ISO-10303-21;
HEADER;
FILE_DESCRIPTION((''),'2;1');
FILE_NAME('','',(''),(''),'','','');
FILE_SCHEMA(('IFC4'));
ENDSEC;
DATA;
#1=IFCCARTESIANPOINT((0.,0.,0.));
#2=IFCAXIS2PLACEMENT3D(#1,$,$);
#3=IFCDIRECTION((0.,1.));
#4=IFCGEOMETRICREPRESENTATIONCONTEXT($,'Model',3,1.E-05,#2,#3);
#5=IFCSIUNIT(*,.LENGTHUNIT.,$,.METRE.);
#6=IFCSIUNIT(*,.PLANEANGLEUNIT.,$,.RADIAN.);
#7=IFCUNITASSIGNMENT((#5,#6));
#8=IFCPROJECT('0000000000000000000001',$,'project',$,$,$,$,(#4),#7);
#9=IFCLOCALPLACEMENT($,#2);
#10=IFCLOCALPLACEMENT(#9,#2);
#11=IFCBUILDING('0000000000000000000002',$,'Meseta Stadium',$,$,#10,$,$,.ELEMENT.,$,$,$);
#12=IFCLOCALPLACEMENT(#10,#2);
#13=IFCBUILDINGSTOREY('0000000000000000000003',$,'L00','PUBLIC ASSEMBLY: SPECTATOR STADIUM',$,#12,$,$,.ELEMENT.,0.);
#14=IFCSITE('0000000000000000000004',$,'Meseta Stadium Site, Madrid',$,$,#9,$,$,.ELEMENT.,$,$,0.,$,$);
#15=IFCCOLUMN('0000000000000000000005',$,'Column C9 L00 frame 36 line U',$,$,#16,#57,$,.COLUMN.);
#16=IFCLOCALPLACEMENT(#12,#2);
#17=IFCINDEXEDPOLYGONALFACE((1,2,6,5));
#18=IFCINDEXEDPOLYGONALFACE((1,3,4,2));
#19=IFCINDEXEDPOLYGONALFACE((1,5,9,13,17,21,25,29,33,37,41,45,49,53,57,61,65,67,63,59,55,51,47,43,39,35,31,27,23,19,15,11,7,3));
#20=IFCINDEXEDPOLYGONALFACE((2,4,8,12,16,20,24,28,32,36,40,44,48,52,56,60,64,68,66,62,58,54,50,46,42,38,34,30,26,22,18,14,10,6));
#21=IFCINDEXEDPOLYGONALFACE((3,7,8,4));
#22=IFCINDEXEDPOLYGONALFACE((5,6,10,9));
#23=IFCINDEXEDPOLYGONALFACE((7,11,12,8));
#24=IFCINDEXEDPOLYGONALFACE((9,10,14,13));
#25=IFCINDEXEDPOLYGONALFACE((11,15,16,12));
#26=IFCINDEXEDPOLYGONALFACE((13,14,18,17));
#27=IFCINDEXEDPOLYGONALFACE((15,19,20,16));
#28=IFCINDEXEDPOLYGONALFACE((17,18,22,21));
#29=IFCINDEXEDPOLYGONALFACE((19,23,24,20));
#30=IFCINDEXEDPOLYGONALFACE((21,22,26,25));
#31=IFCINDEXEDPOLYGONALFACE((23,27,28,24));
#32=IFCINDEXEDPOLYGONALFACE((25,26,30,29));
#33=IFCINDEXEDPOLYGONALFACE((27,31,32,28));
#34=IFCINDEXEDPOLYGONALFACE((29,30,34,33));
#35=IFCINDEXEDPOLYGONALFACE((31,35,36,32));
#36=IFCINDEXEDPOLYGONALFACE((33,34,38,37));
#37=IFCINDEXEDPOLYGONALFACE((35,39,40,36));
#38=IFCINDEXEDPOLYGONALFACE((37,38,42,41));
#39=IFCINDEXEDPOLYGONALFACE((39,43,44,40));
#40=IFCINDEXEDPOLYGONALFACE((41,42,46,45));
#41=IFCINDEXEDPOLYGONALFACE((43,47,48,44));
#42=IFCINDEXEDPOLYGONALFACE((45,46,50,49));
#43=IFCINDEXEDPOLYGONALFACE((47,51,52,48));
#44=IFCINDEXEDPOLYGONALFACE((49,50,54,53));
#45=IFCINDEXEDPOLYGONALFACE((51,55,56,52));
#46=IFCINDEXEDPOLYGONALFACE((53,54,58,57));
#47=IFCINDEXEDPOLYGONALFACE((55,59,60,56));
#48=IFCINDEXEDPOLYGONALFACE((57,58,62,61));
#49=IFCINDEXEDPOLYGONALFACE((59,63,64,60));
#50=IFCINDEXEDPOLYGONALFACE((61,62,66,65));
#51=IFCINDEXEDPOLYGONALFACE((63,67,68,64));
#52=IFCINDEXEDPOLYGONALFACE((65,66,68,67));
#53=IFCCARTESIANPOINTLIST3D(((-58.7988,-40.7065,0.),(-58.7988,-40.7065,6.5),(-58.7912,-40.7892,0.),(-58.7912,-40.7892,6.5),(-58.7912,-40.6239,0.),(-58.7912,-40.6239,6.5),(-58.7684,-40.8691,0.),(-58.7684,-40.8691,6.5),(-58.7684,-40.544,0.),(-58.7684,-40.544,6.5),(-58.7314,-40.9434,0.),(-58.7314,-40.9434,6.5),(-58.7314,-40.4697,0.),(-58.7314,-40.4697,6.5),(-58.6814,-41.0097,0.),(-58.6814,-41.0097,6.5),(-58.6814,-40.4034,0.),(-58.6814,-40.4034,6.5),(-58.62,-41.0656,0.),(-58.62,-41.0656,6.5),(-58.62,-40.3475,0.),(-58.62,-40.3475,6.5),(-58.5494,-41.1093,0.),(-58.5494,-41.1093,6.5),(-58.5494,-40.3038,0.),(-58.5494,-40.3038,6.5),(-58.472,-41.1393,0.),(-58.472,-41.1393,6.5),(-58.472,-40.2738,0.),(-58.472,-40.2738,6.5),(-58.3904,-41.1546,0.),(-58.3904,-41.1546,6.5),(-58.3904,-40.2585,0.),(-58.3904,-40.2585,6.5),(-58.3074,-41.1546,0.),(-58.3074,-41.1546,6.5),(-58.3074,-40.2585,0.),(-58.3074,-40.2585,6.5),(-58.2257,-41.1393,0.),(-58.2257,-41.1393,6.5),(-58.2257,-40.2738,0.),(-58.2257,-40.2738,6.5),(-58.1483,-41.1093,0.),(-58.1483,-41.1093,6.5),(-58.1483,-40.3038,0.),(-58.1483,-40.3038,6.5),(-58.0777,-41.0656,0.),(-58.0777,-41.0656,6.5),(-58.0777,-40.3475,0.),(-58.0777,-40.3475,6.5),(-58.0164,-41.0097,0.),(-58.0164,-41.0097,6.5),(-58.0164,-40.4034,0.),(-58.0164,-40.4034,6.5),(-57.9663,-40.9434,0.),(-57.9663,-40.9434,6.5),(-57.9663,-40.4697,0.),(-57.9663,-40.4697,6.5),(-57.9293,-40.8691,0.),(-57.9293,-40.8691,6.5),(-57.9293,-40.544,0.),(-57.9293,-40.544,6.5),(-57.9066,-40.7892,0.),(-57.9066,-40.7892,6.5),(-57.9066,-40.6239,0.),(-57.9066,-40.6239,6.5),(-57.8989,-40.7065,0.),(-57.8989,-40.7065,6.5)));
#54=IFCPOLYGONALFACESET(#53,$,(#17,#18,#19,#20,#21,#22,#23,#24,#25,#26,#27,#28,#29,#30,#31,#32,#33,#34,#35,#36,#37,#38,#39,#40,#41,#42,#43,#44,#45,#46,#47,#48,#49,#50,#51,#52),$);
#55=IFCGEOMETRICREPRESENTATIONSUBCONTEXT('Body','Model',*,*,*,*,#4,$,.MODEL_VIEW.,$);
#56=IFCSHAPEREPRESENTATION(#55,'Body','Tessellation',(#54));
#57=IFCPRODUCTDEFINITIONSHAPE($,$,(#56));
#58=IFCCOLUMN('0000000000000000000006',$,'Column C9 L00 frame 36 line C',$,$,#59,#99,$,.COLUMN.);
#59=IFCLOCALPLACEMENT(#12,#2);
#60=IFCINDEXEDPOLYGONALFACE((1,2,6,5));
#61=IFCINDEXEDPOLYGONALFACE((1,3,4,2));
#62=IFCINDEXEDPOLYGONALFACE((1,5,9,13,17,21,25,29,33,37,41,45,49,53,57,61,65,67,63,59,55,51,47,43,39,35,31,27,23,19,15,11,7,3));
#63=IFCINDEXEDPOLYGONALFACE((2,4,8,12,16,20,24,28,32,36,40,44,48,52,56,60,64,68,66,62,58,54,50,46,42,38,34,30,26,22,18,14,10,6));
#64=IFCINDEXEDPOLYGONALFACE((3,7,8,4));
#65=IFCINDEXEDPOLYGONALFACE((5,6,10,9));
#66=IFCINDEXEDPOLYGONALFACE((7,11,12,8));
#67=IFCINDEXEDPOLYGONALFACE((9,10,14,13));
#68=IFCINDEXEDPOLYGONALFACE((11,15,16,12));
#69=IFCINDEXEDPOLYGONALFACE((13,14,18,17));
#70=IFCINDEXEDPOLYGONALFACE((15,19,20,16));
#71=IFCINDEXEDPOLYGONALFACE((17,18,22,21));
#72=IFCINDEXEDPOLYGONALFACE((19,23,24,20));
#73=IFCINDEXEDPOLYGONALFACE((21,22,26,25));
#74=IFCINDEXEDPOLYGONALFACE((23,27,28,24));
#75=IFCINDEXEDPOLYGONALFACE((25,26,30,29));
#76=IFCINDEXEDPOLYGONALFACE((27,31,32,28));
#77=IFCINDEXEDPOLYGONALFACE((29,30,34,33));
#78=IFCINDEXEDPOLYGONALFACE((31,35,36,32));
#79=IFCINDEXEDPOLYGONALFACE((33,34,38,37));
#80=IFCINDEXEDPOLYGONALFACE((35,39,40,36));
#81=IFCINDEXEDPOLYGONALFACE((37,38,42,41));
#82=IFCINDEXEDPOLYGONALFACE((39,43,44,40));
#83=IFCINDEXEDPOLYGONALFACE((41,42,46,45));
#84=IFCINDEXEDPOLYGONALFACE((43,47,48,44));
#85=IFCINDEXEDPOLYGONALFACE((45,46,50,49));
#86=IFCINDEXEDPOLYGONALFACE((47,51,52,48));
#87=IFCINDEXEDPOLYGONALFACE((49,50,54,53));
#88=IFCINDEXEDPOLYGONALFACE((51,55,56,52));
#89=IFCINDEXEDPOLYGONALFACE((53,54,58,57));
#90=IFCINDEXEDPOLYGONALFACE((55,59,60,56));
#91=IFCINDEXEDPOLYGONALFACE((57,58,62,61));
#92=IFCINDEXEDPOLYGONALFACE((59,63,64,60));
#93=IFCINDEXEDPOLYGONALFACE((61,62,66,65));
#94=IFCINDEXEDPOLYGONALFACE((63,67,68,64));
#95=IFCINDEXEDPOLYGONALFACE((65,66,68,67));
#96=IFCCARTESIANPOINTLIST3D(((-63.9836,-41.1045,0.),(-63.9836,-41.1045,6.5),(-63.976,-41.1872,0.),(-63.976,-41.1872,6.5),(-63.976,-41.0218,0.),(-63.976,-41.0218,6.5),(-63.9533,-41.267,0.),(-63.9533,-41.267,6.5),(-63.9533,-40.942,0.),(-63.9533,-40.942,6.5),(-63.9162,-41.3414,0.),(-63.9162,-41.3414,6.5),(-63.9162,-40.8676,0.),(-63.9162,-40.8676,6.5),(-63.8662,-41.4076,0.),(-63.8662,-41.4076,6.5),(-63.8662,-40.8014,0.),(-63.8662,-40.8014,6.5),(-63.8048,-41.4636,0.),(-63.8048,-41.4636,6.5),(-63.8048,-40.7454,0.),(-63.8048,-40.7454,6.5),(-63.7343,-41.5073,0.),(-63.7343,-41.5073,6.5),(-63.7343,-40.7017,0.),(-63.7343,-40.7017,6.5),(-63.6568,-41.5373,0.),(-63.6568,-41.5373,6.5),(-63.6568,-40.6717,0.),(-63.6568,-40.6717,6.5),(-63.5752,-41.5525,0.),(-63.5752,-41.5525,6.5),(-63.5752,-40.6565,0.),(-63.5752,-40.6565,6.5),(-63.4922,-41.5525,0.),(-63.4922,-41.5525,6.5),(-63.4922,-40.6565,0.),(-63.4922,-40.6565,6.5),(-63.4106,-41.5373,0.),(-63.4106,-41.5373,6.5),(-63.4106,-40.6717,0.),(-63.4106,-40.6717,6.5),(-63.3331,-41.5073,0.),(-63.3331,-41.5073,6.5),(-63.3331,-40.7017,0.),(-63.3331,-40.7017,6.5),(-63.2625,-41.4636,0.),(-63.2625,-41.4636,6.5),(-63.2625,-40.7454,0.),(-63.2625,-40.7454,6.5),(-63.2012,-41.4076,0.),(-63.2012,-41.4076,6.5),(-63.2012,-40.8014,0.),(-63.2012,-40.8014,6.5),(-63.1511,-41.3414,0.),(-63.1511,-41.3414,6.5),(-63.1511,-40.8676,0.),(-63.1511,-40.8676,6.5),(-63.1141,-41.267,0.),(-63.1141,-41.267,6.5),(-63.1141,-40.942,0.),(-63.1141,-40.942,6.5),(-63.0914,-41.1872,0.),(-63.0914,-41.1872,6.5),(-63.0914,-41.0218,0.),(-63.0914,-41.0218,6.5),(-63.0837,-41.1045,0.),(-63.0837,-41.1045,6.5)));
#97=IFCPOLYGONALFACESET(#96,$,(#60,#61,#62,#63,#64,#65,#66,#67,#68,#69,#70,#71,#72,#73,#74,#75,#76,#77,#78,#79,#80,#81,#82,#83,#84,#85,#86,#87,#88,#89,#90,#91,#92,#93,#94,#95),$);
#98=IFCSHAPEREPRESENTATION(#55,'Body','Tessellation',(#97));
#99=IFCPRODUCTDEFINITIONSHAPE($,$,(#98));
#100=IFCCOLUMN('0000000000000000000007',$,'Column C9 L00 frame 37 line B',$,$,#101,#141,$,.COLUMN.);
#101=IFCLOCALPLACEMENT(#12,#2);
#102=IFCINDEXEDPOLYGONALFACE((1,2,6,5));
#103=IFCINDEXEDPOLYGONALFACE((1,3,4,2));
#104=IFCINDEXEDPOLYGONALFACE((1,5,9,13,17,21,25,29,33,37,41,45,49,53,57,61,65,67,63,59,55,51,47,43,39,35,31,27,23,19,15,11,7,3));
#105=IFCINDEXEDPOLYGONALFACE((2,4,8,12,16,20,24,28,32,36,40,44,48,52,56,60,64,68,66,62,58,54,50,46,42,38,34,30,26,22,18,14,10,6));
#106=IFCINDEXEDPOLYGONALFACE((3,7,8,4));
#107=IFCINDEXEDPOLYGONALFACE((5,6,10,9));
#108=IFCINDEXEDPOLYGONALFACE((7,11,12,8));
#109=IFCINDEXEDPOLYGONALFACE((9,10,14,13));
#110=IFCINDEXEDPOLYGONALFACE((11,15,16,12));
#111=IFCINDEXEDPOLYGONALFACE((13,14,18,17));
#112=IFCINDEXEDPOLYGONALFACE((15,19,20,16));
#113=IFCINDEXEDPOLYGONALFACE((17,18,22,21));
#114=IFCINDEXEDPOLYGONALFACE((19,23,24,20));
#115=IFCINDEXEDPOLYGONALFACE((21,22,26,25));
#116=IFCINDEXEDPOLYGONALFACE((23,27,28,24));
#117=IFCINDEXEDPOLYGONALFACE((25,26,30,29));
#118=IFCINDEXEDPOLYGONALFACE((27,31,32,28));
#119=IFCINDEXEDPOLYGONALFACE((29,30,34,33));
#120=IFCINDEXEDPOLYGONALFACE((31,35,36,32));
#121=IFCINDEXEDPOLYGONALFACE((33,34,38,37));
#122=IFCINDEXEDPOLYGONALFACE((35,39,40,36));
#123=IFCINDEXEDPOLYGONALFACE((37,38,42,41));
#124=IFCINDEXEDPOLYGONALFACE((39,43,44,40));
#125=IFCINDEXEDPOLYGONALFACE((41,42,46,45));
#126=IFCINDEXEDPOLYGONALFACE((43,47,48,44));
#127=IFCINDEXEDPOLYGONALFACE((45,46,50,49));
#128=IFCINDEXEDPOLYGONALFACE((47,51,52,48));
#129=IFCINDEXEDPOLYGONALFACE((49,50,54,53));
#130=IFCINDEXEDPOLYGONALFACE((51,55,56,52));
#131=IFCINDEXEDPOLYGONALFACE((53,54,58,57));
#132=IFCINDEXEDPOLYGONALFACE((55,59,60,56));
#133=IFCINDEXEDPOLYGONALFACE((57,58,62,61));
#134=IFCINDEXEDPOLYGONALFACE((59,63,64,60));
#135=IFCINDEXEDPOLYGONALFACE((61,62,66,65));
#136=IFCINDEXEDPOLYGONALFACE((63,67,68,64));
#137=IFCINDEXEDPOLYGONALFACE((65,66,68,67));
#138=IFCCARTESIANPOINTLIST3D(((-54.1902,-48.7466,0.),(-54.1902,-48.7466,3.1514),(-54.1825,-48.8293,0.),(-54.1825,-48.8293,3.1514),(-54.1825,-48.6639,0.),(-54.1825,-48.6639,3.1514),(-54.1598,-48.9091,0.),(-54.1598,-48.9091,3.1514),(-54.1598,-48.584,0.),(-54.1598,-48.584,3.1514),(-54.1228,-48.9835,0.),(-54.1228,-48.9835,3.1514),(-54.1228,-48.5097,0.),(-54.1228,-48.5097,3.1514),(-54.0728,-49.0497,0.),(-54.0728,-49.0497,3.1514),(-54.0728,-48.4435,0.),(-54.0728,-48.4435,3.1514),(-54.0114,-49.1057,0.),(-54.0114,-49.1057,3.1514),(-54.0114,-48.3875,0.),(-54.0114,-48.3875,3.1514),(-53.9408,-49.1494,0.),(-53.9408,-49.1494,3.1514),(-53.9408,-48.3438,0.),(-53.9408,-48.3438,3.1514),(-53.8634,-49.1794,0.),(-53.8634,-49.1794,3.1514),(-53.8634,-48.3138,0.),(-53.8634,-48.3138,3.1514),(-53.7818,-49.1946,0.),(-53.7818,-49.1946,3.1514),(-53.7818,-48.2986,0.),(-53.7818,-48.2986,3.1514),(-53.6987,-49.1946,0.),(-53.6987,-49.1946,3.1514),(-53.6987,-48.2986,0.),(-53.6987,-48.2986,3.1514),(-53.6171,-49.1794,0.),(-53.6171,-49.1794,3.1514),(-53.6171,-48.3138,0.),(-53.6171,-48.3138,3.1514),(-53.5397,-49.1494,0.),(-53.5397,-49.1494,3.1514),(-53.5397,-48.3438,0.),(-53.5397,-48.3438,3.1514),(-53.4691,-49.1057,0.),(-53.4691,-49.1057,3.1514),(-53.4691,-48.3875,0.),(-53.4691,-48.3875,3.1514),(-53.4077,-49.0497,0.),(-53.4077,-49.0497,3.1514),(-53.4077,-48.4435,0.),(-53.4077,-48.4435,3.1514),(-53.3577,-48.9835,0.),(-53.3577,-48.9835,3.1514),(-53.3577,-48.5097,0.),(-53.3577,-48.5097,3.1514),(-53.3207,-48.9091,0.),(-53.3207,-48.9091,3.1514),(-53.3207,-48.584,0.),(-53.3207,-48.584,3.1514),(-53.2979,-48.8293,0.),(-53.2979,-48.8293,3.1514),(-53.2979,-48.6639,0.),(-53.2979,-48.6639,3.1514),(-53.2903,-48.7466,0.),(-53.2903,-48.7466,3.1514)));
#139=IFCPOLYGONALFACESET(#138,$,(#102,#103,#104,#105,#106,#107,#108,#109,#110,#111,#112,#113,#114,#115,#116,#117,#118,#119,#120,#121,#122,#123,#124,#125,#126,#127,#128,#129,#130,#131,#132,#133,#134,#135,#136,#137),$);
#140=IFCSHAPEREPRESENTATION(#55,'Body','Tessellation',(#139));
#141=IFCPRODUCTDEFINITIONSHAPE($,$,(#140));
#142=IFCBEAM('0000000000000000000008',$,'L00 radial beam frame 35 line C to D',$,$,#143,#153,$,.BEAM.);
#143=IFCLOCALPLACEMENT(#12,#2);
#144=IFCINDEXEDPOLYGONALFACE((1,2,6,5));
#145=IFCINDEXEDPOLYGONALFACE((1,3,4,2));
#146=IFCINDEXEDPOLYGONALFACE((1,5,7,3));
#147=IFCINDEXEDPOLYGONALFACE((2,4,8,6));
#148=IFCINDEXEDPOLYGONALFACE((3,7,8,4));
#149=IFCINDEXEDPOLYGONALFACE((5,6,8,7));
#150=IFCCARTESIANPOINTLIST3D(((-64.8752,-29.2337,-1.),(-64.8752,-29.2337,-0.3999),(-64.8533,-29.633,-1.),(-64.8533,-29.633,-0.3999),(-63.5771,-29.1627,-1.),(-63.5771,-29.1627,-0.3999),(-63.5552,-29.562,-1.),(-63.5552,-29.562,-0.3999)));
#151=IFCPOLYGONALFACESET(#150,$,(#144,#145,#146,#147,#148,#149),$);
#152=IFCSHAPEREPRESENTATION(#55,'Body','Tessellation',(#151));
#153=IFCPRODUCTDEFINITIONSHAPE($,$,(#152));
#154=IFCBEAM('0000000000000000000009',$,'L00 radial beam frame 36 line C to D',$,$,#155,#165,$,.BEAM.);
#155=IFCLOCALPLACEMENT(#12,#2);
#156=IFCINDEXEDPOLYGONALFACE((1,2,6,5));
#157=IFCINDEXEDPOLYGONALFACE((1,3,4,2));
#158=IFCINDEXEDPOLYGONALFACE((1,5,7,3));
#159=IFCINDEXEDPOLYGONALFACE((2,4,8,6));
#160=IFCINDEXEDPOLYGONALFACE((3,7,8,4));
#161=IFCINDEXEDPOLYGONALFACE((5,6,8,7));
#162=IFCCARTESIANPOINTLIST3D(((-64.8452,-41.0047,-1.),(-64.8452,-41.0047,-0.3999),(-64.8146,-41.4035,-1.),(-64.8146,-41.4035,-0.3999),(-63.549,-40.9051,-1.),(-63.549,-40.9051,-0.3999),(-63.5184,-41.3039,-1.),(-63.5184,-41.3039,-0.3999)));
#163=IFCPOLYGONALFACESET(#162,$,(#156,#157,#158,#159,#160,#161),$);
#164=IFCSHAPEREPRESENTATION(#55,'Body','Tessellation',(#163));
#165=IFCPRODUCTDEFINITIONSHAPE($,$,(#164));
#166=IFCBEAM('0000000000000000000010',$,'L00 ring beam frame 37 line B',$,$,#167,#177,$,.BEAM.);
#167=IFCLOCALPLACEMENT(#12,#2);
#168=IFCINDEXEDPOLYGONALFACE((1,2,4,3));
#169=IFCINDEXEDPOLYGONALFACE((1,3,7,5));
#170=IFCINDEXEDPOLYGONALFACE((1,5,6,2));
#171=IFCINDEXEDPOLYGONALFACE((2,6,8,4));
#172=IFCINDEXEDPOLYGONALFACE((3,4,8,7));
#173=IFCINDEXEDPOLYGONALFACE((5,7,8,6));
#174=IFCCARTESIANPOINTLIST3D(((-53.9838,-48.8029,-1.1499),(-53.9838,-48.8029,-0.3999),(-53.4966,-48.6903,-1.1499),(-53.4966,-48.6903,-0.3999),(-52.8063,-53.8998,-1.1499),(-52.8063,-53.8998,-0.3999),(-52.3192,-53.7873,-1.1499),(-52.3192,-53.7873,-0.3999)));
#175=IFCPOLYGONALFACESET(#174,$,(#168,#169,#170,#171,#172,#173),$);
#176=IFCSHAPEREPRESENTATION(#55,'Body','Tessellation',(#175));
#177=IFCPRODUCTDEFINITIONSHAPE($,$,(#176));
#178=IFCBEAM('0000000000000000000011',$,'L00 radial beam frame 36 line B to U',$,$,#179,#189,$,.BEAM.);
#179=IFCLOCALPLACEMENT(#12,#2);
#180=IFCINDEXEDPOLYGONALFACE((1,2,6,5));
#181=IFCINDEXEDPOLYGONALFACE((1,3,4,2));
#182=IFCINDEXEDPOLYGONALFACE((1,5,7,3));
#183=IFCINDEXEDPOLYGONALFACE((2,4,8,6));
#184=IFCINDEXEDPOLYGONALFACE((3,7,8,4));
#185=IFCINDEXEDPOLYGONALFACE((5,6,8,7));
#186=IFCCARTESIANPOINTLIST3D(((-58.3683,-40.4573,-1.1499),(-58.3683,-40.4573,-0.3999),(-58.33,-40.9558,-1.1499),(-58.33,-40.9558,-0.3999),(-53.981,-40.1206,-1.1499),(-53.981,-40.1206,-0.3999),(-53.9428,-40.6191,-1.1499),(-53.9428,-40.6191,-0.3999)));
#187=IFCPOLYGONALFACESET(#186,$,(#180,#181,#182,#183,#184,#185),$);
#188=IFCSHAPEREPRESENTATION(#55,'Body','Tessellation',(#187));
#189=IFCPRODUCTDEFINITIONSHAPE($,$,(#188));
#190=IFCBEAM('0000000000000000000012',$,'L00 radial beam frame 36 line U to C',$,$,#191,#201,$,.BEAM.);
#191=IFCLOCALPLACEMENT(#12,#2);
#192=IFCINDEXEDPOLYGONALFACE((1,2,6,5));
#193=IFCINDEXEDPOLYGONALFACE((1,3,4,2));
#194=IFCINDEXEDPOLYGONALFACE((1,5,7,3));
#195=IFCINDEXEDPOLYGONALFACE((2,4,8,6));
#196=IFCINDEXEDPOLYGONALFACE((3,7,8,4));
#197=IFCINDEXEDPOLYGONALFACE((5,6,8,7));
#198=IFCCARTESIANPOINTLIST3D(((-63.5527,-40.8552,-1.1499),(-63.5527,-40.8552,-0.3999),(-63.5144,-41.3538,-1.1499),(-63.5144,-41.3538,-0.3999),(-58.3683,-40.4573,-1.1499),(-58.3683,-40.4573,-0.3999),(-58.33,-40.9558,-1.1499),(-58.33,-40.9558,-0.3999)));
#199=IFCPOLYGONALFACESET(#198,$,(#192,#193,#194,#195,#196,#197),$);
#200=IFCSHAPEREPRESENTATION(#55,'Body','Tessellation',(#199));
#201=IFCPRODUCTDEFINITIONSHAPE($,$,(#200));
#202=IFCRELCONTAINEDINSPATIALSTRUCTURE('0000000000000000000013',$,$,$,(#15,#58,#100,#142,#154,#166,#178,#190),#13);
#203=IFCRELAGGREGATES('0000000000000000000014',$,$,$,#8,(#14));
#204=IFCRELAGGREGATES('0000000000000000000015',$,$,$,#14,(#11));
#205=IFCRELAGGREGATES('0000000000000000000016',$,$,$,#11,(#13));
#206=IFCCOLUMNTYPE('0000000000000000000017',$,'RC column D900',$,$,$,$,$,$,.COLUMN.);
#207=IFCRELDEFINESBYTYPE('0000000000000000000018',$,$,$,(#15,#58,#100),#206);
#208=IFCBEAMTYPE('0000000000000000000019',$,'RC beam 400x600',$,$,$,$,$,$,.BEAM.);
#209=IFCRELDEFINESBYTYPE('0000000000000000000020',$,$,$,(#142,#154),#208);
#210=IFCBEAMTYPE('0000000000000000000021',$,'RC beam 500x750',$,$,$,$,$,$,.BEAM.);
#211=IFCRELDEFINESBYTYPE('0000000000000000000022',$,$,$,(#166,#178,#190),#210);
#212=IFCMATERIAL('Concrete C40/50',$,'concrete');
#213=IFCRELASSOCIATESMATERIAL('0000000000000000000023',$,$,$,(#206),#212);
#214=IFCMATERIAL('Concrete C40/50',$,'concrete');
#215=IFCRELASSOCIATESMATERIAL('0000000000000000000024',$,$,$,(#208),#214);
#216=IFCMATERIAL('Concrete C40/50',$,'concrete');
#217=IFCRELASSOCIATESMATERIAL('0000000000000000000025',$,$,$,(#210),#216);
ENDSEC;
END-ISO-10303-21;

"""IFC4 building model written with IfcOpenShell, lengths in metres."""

from ifc_helpers import new_model, si_unit, direction, frame, origin, origin_2d, place, context, subcontext, project, spatial, rectangle, circle, extrude, material, material_profile, profile_set, type_object, element, save


model = new_model("IFC4")

# Units and contexts
model_context = context("Model", 3, precision=1e-05, world=origin(), true_north=direction((0.0, 1.0)))
body_context = subcontext(model_context, "Body", "Model", "MODEL_VIEW")
ifc_project = project(units=[si_unit("LENGTHUNIT", "METRE"), si_unit("PLANEANGLEUNIT", "RADIAN")], contexts=[model_context])

# Site, building, storey
site_placement = place(None, origin())
site = spatial("IfcSite", under=ifc_project, at=site_placement, Name="Meseta Stadium Site, Madrid", CompositionType="ELEMENT", RefElevation=0.0)
building_placement = place(site_placement, origin())
building = spatial("IfcBuilding", under=site, at=building_placement, Name="Meseta Stadium", CompositionType="ELEMENT")
storey_placement = place(building_placement, origin())
storey = spatial("IfcBuildingStorey", under=building, at=storey_placement, Name="L00", Description="PUBLIC ASSEMBLY: SPECTATOR STADIUM", CompositionType="ELEMENT", Elevation=0.0)

# Columns
ifc_material_1 = material(Name="Concrete C40/50", Category="concrete")
ifc_material_profile_1 = material_profile(ifc_material_1, circle(Radius=0.45, at=origin_2d()), Name="RC D900")
ifc_profile_set_1 = profile_set([ifc_material_profile_1], Name="Concrete C40/50")
column_type_1 = type_object("IfcColumnType", Name="RC column D900", PredefinedType="COLUMN", material=ifc_profile_set_1)
for number, where, z_axis, x_axis, name in (
    (1, (-58.3489, -40.7065, 0.0), (0.0, 0.0, 1.0), (1.0, 0.0, 0.0), "Column C9 L00 frame 36 line U"),
    (2, (-63.5337, -41.1045, 0.0), (0.0, 0.0, 1.0), (1.0, 0.0, 0.0), "Column C9 L00 frame 36 line C"),
):
    element("IfcColumn", number, at=place(storey_placement, frame(where, z_axis=z_axis, x_axis=x_axis)), inside=storey, type_object=column_type_1, Name=name, PredefinedType="COLUMN", context=body_context, shape_type="SweptSolid", body=[
        extrude(circle(Radius=0.45, at=origin_2d()), origin(), (0.0, 0.0, 1.0), 6.5),
    ])
column_1_placement = place(storey_placement, frame((-53.7402, -48.7466, 0.0), z_axis=(0.0, 0.0, 1.0), x_axis=(1.0, 0.0, 0.0)))
element("IfcColumn", 3, at=column_1_placement, inside=storey, type_object=column_type_1, Name="Column C9 L00 frame 37 line B", PredefinedType="COLUMN", context=body_context, shape_type="SweptSolid", body=[
    extrude(circle(Radius=0.45, at=origin_2d()), origin(), (0.0, 0.0, 1.0), 3.1514),
])

# Beams
ifc_material_2 = material(Name="Concrete C40/50", Category="concrete")
ifc_material_profile_2 = material_profile(ifc_material_2, rectangle(XDim=0.3999, YDim=0.6001, at=origin_2d()), Name="RC 400x600")
ifc_profile_set_2 = profile_set([ifc_material_profile_2], Name="Concrete C40/50")
beam_type_1 = type_object("IfcBeamType", Name="RC beam 400x600", PredefinedType="BEAM", material=ifc_profile_set_2)
for number, where, z_axis, x_axis, name in (
    (4, (-63.5662, -29.3623, -0.7), (-0.998506, -0.054648, 0.0), (0.054648, -0.998506, 0.0), "L00 radial beam frame 35 line C to D"),
    (5, (-63.5337, -41.1045, -0.7), (-0.99706, -0.076625, 0.0), (0.076625, -0.99706, 0.0), "L00 radial beam frame 36 line C to D"),
):
    element("IfcBeam", number, at=place(storey_placement, frame(where, z_axis=z_axis, x_axis=x_axis)), inside=storey, type_object=beam_type_1, Name=name, PredefinedType="BEAM", context=body_context, shape_type="SweptSolid", body=[
        extrude(rectangle(XDim=0.3999, YDim=0.6001, at=origin_2d()), origin(), (0.0, 0.0, 1.0), 1.3),
    ])
ifc_material_3 = material(Name="Concrete C40/50", Category="concrete")
ifc_material_profile_3 = material_profile(ifc_material_3, rectangle(XDim=0.5, YDim=0.75, at=origin_2d()), Name="RC 500x750")
ifc_profile_set_3 = profile_set([ifc_material_profile_3], Name="Concrete C40/50")
beam_type_2 = type_object("IfcBeamType", Name="RC beam 500x750", PredefinedType="BEAM", material=ifc_profile_set_3)
beam_1_placement = place(storey_placement, frame((-53.7402, -48.7466, -0.7749), z_axis=(0.225091, -0.974338, 0.0), x_axis=(0.974338, 0.225091, 0.0)))
element("IfcBeam", 6, at=beam_1_placement, inside=storey, type_object=beam_type_2, Name="L00 ring beam frame 37 line B", PredefinedType="BEAM", context=body_context, shape_type="SweptSolid", body=[
    extrude(rectangle(XDim=0.5, YDim=0.75, at=origin_2d()), origin(), (0.0, 0.0, 1.0), 5.2312),
])
beam_2_placement = place(storey_placement, frame((-53.9619, -40.3699, -0.7749), z_axis=(-0.997069, -0.076514, 0.0), x_axis=(0.076514, -0.997069, 0.0)))
element("IfcBeam", 7, at=beam_2_placement, inside=storey, type_object=beam_type_2, Name="L00 radial beam frame 36 line B to U", PredefinedType="BEAM", context=body_context, shape_type="SweptSolid", body=[
    extrude(rectangle(XDim=0.5, YDim=0.75, at=origin_2d()), origin(), (0.0, 0.0, 1.0), 4.4001),
])
beam_3_placement = place(storey_placement, frame((-58.3491, -40.7065, -0.7749), z_axis=(-0.997067, -0.076531, 0.0), x_axis=(0.076531, -0.997067, 0.0)))
element("IfcBeam", 8, at=beam_3_placement, inside=storey, type_object=beam_type_2, Name="L00 radial beam frame 36 line U to C", PredefinedType="BEAM", context=body_context, shape_type="SweptSolid", body=[
    extrude(rectangle(XDim=0.5, YDim=0.75, at=origin_2d()), origin(), (0.0, 0.0, 1.0), 5.1997),
])

save(model, "model.ifc")
